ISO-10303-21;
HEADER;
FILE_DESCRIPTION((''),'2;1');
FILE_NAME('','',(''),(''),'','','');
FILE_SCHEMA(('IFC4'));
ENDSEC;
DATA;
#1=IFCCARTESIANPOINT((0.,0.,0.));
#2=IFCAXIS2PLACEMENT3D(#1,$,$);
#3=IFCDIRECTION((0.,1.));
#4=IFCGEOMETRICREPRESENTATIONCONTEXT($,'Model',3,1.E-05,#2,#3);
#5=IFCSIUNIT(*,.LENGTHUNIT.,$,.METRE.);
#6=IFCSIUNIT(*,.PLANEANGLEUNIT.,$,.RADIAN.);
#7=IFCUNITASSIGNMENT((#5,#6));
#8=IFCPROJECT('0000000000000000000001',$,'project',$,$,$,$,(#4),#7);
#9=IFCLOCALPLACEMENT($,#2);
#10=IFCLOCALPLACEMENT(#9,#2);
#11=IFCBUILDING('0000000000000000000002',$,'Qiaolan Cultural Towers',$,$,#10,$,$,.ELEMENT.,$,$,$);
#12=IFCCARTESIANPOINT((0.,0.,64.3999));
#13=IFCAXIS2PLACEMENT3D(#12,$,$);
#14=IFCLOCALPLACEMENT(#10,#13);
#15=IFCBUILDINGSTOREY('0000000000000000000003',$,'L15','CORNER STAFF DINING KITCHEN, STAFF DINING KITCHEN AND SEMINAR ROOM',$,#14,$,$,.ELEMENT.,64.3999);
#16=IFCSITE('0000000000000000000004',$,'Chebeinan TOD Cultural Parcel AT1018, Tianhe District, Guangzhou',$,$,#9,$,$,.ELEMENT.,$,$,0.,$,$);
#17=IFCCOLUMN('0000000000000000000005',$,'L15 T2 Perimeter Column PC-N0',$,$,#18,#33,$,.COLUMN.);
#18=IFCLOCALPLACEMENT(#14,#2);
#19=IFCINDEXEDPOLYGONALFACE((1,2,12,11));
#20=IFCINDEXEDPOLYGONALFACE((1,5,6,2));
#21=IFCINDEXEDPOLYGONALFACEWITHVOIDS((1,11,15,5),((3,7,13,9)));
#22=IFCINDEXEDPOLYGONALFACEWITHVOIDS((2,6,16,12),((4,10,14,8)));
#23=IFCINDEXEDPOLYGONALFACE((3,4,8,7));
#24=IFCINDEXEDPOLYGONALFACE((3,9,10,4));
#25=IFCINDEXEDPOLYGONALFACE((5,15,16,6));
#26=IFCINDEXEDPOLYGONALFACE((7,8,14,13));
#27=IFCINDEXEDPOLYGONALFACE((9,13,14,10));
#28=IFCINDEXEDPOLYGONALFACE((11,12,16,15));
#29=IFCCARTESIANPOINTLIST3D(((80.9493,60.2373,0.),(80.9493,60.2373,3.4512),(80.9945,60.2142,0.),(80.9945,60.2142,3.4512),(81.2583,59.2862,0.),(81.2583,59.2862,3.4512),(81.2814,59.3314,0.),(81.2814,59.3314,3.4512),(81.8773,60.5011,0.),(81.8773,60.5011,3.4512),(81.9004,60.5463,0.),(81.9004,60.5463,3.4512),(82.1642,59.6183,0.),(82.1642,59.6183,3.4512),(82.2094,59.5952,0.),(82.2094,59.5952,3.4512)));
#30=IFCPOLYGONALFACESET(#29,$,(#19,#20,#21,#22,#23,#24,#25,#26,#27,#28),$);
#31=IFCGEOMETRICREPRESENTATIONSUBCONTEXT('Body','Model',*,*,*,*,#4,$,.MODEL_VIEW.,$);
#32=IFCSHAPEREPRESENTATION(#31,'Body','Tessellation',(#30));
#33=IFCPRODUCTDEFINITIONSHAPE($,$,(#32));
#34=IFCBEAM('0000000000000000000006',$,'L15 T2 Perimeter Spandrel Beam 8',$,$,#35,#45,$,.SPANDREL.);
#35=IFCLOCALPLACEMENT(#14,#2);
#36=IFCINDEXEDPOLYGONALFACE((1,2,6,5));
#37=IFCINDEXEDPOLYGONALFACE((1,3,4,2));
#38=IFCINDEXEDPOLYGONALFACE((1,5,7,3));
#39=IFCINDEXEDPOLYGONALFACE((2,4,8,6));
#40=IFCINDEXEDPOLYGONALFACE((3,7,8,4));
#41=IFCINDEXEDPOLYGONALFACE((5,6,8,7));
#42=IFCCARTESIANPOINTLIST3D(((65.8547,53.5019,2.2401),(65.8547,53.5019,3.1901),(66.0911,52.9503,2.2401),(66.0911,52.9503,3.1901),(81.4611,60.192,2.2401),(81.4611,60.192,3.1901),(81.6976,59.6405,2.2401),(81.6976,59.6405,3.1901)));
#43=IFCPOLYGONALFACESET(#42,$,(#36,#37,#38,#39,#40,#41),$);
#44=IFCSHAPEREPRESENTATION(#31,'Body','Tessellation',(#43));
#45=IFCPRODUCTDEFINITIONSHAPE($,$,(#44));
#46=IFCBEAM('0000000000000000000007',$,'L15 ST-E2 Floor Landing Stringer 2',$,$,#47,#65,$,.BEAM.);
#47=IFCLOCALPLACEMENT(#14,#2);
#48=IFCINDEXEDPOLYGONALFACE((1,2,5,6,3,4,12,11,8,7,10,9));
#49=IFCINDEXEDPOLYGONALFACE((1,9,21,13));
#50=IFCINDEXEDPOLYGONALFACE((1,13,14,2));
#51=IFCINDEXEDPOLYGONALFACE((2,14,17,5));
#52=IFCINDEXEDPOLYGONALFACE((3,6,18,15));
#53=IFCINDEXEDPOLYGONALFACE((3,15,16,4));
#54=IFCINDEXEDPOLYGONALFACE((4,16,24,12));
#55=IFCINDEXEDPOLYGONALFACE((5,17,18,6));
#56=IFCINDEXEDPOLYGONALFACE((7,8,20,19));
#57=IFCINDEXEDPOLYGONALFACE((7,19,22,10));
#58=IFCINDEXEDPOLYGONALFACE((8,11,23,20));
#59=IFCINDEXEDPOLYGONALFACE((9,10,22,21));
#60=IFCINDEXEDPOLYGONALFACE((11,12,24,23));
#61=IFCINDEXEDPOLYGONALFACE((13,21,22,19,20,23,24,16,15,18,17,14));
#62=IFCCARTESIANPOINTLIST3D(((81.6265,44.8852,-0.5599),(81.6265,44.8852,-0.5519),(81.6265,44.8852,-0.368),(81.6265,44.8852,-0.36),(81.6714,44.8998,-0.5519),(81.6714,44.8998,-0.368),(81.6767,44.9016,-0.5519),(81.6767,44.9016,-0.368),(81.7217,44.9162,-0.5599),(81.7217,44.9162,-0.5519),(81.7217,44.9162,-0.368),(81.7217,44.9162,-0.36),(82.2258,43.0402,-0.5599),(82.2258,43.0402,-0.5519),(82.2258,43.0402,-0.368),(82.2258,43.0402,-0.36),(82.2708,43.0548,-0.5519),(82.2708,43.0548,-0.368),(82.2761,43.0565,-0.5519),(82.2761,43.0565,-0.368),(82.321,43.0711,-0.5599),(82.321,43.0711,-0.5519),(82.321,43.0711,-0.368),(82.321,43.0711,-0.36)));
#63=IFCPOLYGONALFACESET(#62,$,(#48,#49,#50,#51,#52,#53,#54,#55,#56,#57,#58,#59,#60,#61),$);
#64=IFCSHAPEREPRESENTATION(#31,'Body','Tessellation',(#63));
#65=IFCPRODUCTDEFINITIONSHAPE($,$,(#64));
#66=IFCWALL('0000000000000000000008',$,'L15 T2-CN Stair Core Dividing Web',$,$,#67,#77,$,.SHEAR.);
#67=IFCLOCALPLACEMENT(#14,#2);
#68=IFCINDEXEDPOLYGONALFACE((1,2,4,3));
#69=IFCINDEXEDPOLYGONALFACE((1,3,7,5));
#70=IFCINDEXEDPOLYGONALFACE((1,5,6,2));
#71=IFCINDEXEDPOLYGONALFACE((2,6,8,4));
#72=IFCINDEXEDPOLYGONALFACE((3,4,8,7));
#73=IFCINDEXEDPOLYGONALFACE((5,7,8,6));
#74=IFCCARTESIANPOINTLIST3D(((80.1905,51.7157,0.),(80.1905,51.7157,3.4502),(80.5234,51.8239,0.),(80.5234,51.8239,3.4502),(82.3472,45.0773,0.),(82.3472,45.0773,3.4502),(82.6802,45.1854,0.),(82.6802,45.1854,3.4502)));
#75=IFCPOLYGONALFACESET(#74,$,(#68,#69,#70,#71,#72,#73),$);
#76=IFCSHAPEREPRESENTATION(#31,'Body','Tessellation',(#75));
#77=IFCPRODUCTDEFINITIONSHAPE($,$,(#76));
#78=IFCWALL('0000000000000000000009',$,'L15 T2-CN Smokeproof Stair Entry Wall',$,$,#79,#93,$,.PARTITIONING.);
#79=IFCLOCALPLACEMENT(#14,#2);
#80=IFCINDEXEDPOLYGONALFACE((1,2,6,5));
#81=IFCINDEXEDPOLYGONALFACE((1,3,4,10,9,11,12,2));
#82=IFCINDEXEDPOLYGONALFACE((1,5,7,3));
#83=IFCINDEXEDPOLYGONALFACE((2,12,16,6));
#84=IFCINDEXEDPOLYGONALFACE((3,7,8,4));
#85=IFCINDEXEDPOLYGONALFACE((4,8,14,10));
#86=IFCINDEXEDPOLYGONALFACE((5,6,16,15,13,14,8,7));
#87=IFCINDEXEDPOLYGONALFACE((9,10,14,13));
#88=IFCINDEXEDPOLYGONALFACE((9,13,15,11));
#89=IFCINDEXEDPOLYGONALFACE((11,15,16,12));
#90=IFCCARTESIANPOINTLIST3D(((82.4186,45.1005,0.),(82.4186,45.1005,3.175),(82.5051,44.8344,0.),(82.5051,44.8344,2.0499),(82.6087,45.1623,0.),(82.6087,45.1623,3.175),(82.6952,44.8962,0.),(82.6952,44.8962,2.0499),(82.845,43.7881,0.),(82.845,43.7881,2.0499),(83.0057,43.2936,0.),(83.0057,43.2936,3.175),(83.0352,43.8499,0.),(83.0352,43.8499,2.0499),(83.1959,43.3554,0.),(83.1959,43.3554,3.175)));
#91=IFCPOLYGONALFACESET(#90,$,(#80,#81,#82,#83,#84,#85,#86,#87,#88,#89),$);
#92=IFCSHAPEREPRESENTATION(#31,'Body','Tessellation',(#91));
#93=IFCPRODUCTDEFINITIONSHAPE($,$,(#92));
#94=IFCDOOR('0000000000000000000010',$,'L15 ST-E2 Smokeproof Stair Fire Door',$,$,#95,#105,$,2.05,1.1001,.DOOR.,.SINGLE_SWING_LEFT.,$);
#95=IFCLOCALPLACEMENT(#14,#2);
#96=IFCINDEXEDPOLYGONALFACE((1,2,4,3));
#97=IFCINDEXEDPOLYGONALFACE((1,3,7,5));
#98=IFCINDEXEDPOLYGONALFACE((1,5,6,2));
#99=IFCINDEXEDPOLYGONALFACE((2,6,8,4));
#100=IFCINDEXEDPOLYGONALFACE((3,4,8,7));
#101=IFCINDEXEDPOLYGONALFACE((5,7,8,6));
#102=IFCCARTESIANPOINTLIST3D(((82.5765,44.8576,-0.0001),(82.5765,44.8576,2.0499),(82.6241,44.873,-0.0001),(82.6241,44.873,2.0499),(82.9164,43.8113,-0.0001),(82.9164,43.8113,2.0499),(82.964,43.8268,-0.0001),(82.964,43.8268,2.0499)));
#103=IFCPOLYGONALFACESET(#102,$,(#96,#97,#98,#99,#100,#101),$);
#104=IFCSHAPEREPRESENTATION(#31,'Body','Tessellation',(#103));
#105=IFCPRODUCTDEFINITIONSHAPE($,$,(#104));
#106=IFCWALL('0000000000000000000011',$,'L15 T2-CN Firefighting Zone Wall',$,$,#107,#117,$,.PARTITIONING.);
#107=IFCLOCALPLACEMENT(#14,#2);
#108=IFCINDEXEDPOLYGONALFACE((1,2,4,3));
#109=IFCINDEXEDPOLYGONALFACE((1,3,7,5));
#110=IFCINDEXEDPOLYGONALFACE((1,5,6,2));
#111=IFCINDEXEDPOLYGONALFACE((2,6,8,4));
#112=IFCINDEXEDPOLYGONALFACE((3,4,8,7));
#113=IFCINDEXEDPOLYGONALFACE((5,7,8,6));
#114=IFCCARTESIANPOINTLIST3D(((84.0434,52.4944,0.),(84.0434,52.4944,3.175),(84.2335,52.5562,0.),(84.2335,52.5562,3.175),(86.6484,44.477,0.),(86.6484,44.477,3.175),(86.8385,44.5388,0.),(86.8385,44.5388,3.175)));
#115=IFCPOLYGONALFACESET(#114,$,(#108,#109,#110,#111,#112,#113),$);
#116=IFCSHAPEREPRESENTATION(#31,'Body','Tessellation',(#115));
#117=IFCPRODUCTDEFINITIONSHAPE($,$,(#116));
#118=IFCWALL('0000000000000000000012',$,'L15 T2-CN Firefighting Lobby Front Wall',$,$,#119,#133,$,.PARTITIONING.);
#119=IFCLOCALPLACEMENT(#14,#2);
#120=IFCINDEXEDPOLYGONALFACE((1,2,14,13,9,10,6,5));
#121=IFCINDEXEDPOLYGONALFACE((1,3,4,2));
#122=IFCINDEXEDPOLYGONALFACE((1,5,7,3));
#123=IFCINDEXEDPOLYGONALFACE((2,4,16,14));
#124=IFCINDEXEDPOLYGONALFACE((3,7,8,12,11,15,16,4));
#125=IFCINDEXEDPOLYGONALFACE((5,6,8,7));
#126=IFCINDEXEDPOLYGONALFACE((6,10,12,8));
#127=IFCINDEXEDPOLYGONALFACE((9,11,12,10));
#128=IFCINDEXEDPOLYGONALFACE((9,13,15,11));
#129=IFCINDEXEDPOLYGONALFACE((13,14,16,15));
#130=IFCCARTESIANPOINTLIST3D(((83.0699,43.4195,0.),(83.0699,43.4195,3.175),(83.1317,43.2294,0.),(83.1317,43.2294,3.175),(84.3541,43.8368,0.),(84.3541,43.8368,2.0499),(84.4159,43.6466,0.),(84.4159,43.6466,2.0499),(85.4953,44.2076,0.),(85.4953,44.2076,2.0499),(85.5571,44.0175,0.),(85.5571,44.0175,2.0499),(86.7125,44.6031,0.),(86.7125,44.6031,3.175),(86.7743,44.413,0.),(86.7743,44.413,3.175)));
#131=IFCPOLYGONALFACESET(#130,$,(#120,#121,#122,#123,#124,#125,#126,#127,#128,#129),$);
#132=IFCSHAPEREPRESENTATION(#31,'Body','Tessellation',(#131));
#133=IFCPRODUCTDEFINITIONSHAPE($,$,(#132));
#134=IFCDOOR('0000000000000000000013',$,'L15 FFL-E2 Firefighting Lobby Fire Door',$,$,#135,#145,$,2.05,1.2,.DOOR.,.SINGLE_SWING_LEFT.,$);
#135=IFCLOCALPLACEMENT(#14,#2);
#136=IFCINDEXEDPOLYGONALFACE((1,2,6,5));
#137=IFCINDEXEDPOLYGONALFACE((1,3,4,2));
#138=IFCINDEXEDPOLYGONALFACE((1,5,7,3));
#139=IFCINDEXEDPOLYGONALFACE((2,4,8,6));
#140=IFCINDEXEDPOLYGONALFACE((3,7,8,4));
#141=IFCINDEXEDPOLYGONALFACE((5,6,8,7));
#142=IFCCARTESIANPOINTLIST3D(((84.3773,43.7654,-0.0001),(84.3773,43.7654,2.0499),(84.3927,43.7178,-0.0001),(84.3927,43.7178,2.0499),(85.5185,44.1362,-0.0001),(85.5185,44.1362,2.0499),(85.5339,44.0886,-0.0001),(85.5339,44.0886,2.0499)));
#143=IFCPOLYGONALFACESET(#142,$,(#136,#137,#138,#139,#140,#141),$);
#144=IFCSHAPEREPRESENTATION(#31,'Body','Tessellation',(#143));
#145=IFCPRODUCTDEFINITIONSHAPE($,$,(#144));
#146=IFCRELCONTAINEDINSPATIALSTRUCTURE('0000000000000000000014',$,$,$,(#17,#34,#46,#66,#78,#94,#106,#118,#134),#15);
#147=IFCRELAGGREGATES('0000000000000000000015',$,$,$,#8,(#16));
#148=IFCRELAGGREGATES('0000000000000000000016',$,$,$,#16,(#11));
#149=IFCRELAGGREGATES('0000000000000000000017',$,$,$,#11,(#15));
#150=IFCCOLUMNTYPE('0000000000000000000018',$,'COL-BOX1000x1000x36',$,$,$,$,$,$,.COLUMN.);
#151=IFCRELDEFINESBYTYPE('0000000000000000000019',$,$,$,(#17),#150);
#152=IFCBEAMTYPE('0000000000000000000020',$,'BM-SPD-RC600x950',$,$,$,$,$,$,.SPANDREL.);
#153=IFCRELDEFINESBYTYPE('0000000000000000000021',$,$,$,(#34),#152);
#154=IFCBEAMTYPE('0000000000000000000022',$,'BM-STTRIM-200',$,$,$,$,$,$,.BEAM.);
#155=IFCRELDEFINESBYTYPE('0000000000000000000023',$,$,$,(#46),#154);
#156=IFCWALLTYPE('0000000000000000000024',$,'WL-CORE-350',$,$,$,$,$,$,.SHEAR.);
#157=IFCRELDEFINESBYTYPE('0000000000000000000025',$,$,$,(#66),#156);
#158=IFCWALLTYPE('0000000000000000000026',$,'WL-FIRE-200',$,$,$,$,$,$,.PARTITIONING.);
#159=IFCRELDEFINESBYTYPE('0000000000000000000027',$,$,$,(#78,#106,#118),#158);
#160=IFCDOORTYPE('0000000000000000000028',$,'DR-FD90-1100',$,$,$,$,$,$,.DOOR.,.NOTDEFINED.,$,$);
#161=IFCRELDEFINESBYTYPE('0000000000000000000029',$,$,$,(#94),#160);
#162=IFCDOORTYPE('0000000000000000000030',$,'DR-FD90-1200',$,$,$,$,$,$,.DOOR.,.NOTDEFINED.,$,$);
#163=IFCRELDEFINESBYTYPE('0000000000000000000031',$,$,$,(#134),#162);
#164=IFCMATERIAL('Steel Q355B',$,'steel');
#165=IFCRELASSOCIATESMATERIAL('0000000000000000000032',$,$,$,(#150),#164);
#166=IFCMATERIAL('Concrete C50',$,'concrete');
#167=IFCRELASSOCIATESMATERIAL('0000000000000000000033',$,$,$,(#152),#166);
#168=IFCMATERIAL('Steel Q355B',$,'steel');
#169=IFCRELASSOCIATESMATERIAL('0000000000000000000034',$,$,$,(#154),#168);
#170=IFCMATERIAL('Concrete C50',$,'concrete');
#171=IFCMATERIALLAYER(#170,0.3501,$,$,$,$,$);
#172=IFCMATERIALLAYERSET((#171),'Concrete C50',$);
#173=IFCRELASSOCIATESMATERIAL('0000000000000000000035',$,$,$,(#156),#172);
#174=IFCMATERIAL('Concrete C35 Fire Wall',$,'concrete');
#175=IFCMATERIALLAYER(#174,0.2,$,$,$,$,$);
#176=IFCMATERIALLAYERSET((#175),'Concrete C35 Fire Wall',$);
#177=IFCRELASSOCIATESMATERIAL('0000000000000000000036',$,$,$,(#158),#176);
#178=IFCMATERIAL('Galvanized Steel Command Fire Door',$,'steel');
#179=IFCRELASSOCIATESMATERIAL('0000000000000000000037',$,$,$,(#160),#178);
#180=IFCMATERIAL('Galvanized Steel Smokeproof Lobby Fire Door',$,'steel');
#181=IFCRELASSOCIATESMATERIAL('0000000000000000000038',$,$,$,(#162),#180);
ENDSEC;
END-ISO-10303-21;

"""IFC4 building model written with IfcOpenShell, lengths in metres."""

from ifc_helpers import new_model, si_unit, direction, frame, frame_2d, origin, origin_2d, place, context, subcontext, project, spatial, rectangle, hollow_rectangle, i_section, extrude, material, layer, layer_set, material_profile, profile_set, type_object, element, fill, save


model = new_model("IFC4")

# Units and contexts
model_context = context("Model", 3, precision=1e-05, world=origin(), true_north=direction((0.0, 1.0)))
body_context = subcontext(model_context, "Body", "Model", "MODEL_VIEW")
ifc_project = project(units=[si_unit("LENGTHUNIT", "METRE"), si_unit("PLANEANGLEUNIT", "RADIAN")], contexts=[model_context])

# Site, building, storey
site_placement = place(None, origin())
site = spatial("IfcSite", under=ifc_project, at=site_placement, Name="Chebeinan TOD Cultural Parcel AT1018, Tianhe District, Guangzhou", CompositionType="ELEMENT", RefElevation=0.0)
building_placement = place(site_placement, origin())
building = spatial("IfcBuilding", under=site, at=building_placement, Name="Qiaolan Cultural Towers", CompositionType="ELEMENT")
storey_placement = place(building_placement, frame((0.0, 0.0, 64.3999)))
storey = spatial("IfcBuildingStorey", under=building, at=storey_placement, Name="L15", Description="CORNER STAFF DINING KITCHEN, STAFF DINING KITCHEN AND SEMINAR ROOM", CompositionType="ELEMENT", Elevation=64.3999)

# Column
ifc_material_1 = material(Name="Steel Q355B", Category="steel")
ifc_material_profile_1 = material_profile(ifc_material_1, hollow_rectangle(XDim=1.0, YDim=1.0, WallThickness=0.0359, at=origin_2d()), Name="BOX1000x1000x36")
ifc_profile_set_1 = profile_set([ifc_material_profile_1], Name="Steel Q355B")
column_type = type_object("IfcColumnType", Name="COL-BOX1000x1000x36", PredefinedType="COLUMN", material=ifc_profile_set_1)
column_placement = place(storey_placement, frame((81.5793, 59.9163, 0.0), z_axis=(0.0, 0.0, 1.0), x_axis=(0.951057, 0.309017, 0.0)))
element("IfcColumn", 1, at=column_placement, inside=storey, type_object=column_type, Name="L15 T2 Perimeter Column PC-N0", PredefinedType="COLUMN", context=body_context, shape_type="SweptSolid", body=[
    extrude(hollow_rectangle(XDim=1.0, YDim=1.0, WallThickness=0.0359, at=origin_2d()), origin(), (0.0, 0.0, 1.0), 3.4512),
])

# Beams
ifc_material_2 = material(Name="Concrete C50", Category="concrete")
ifc_material_profile_2 = material_profile(ifc_material_2, rectangle(XDim=0.6001, YDim=0.95, at=origin_2d()), Name="RC600x950")
ifc_profile_set_2 = profile_set([ifc_material_profile_2], Name="Concrete C50")
beam_type_1 = type_object("IfcBeamType", Name="BM-SPD-RC600x950", PredefinedType="SPANDREL", material=ifc_profile_set_2)
beam_1_placement = place(storey_placement, frame((81.5793, 59.9163, 2.7151), z_axis=(-0.919109, -0.394004, 0.0), x_axis=(0.394004, -0.919109, 0.0)))
element("IfcBeam", 2, at=beam_1_placement, inside=storey, type_object=beam_type_1, Name="L15 T2 Perimeter Spandrel Beam 8", PredefinedType="SPANDREL", context=body_context, shape_type="SweptSolid", body=[
    extrude(rectangle(XDim=0.6001, YDim=0.95, at=origin_2d()), origin(), (0.0, 0.0, 1.0), 16.98),
])
ifc_material_3 = material(Name="Steel Q355B", Category="steel")
ifc_material_profile_3 = material_profile(ifc_material_3, i_section(OverallWidth=0.1001, OverallDepth=0.2, WebThickness=0.0056, FlangeThickness=0.0081, at=origin_2d()), Name="HN200x100x5.5x8")
ifc_profile_set_3 = profile_set([ifc_material_profile_3], Name="Steel Q355B")
beam_type_2 = type_object("IfcBeamType", Name="BM-STTRIM-200", PredefinedType="BEAM", material=ifc_profile_set_3)
beam_2_placement = place(storey_placement, frame((82.2734, 43.0557, -0.46), z_axis=(-0.308969, 0.951072, 0.0), x_axis=(-0.951072, -0.308969, 0.0)))
element("IfcBeam", 3, at=beam_2_placement, inside=storey, type_object=beam_type_2, Name="L15 ST-E2 Floor Landing Stringer 2", PredefinedType="BEAM", context=body_context, shape_type="SweptSolid", body=[
    extrude(i_section(OverallWidth=0.1001, OverallDepth=0.2, WebThickness=0.0056, FlangeThickness=0.0081, at=origin_2d()), origin(), (0.0, 0.0, 1.0), 1.9399),
])

# Wall
ifc_material_4 = material(Name="Concrete C50", Category="concrete")
ifc_layer_1 = layer(ifc_material_4, 0.3501)
ifc_layer_set_1 = layer_set([ifc_layer_1], Name="Concrete C50")
wall_type_1 = type_object("IfcWallType", Name="WL-CORE-350", PredefinedType="SHEAR", material=ifc_layer_set_1)
wall_1_placement = place(storey_placement, frame((82.5137, 45.1313, 0.0), z_axis=(0.0, 0.0, 1.0), x_axis=(-0.308989, 0.951066, 0.0)))
element("IfcWall", 4, at=wall_1_placement, inside=storey, type_object=wall_type_1, Name="L15 T2-CN Stair Core Dividing Web", PredefinedType="SHEAR", context=body_context, shape_type="SweptSolid", body=[
    extrude(rectangle(XDim=6.98, YDim=0.3501, at=frame_2d((3.49, 0.0))), origin(), (0.0, 0.0, 1.0), 3.4502),
])

# Wall, opening, door
ifc_material_5 = material(Name="Concrete C35 Fire Wall", Category="concrete")
ifc_layer_2 = layer(ifc_material_5, 0.2)
ifc_layer_set_2 = layer_set([ifc_layer_2], Name="Concrete C35 Fire Wall")
wall_type_2 = type_object("IfcWallType", Name="WL-FIRE-200", PredefinedType="PARTITIONING", material=ifc_layer_set_2)
wall_2_placement = place(storey_placement, frame((83.1008, 43.3245, 0.0), z_axis=(0.0, 0.0, 1.0), x_axis=(-0.309048, 0.951046, 0.0)))
wall_2 = element("IfcWall", 5, at=wall_2_placement, inside=storey, type_object=wall_type_2, Name="L15 T2-CN Smokeproof Stair Entry Wall", PredefinedType="PARTITIONING", context=body_context, shape_type="SweptSolid", body=[
    extrude(rectangle(XDim=1.8999, YDim=0.2, at=frame_2d((0.95, 0.0))), origin(), (0.0, 0.0, 1.0), 3.175),
])
opening_1_placement = place(wall_2_placement, frame((0.52, 0.0, 0.0)))
opening_1 = element("IfcOpeningElement", 6, at=opening_1_placement, cuts=wall_2, PredefinedType="OPENING", context=body_context, shape_type="SweptSolid", body=[
    extrude(rectangle(XDim=1.1001, YDim=2.05, at=frame_2d((0.55, 1.0249))), frame((0.0, 0.1099, 0.0), z_axis=(0.0, -1.0, 0.0), x_axis=(1.0, 0.0, 0.0)), (0.0, 0.0, 1.0), 0.22),
])
ifc_material_6 = material(Name="Galvanized Steel Command Fire Door", Category="steel")
door_type_1 = type_object("IfcDoorType", Name="DR-FD90-1100", OperationType="NOTDEFINED", PredefinedType="DOOR", material=ifc_material_6)
door_1_placement = place(opening_1_placement, origin())
door_1 = element("IfcDoor", 7, at=door_1_placement, inside=storey, type_object=door_type_1, Name="L15 ST-E2 Smokeproof Stair Fire Door", OperationType="SINGLE_SWING_LEFT", OverallHeight=2.05, OverallWidth=1.1001, PredefinedType="DOOR", context=body_context, shape_type="SweptSolid", body=[
    extrude(rectangle(XDim=1.1001, YDim=2.05, at=frame_2d((0.55, 1.0249))), frame((0.0, 0.0249, 0.0), z_axis=(0.0, -1.0, 0.0), x_axis=(1.0, 0.0, 0.0)), (0.0, 0.0, 1.0), 0.05),
])
fill(opening_1, door_1)

# Wall
wall_3_placement = place(storey_placement, frame((86.7434, 44.5081, 0.0), z_axis=(0.0, 0.0, 1.0), x_axis=(-0.309016, 0.951057, 0.0)))
element("IfcWall", 8, at=wall_3_placement, inside=storey, type_object=wall_type_2, Name="L15 T2-CN Firefighting Zone Wall", PredefinedType="PARTITIONING", context=body_context, shape_type="SweptSolid", body=[
    extrude(rectangle(XDim=8.4299, YDim=0.2, at=frame_2d((4.2148, 0.0))), origin(), (0.0, 0.0, 1.0), 3.175),
])

# Wall, opening, door
wall_4_placement = place(storey_placement, frame((83.1008, 43.3245, 0.0), z_axis=(0.0, 0.0, 1.0), x_axis=(0.951053, 0.309028, 0.0)))
wall_4 = element("IfcWall", 9, at=wall_4_placement, inside=storey, type_object=wall_type_2, Name="L15 T2-CN Firefighting Lobby Front Wall", PredefinedType="PARTITIONING", context=body_context, shape_type="SweptSolid", body=[
    extrude(rectangle(XDim=3.8301, YDim=0.2, at=frame_2d((1.915, 0.0))), origin(), (0.0, 0.0, 1.0), 3.175),
])
opening_2_placement = place(wall_4_placement, frame((1.3501, 0.0, 0.0)))
opening_2 = element("IfcOpeningElement", 10, at=opening_2_placement, cuts=wall_4, PredefinedType="OPENING", context=body_context, shape_type="SweptSolid", body=[
    extrude(rectangle(XDim=1.2, YDim=2.05, at=frame_2d((0.6001, 1.0249))), frame((0.0, 0.1099, 0.0), z_axis=(0.0, -1.0, 0.0), x_axis=(1.0, 0.0, 0.0)), (0.0, 0.0, 1.0), 0.22),
])
ifc_material_7 = material(Name="Galvanized Steel Smokeproof Lobby Fire Door", Category="steel")
door_type_2 = type_object("IfcDoorType", Name="DR-FD90-1200", OperationType="NOTDEFINED", PredefinedType="DOOR", material=ifc_material_7)
door_2_placement = place(opening_2_placement, origin())
door_2 = element("IfcDoor", 11, at=door_2_placement, inside=storey, type_object=door_type_2, Name="L15 FFL-E2 Firefighting Lobby Fire Door", OperationType="SINGLE_SWING_LEFT", OverallHeight=2.05, OverallWidth=1.2, PredefinedType="DOOR", context=body_context, shape_type="SweptSolid", body=[
    extrude(rectangle(XDim=1.2, YDim=2.05, at=frame_2d((0.6001, 1.0249))), frame((0.0, 0.0249, 0.0), z_axis=(0.0, -1.0, 0.0), x_axis=(1.0, 0.0, 0.0)), (0.0, 0.0, 1.0), 0.05),
])
fill(opening_2, door_2)

save(model, "model.ifc")
